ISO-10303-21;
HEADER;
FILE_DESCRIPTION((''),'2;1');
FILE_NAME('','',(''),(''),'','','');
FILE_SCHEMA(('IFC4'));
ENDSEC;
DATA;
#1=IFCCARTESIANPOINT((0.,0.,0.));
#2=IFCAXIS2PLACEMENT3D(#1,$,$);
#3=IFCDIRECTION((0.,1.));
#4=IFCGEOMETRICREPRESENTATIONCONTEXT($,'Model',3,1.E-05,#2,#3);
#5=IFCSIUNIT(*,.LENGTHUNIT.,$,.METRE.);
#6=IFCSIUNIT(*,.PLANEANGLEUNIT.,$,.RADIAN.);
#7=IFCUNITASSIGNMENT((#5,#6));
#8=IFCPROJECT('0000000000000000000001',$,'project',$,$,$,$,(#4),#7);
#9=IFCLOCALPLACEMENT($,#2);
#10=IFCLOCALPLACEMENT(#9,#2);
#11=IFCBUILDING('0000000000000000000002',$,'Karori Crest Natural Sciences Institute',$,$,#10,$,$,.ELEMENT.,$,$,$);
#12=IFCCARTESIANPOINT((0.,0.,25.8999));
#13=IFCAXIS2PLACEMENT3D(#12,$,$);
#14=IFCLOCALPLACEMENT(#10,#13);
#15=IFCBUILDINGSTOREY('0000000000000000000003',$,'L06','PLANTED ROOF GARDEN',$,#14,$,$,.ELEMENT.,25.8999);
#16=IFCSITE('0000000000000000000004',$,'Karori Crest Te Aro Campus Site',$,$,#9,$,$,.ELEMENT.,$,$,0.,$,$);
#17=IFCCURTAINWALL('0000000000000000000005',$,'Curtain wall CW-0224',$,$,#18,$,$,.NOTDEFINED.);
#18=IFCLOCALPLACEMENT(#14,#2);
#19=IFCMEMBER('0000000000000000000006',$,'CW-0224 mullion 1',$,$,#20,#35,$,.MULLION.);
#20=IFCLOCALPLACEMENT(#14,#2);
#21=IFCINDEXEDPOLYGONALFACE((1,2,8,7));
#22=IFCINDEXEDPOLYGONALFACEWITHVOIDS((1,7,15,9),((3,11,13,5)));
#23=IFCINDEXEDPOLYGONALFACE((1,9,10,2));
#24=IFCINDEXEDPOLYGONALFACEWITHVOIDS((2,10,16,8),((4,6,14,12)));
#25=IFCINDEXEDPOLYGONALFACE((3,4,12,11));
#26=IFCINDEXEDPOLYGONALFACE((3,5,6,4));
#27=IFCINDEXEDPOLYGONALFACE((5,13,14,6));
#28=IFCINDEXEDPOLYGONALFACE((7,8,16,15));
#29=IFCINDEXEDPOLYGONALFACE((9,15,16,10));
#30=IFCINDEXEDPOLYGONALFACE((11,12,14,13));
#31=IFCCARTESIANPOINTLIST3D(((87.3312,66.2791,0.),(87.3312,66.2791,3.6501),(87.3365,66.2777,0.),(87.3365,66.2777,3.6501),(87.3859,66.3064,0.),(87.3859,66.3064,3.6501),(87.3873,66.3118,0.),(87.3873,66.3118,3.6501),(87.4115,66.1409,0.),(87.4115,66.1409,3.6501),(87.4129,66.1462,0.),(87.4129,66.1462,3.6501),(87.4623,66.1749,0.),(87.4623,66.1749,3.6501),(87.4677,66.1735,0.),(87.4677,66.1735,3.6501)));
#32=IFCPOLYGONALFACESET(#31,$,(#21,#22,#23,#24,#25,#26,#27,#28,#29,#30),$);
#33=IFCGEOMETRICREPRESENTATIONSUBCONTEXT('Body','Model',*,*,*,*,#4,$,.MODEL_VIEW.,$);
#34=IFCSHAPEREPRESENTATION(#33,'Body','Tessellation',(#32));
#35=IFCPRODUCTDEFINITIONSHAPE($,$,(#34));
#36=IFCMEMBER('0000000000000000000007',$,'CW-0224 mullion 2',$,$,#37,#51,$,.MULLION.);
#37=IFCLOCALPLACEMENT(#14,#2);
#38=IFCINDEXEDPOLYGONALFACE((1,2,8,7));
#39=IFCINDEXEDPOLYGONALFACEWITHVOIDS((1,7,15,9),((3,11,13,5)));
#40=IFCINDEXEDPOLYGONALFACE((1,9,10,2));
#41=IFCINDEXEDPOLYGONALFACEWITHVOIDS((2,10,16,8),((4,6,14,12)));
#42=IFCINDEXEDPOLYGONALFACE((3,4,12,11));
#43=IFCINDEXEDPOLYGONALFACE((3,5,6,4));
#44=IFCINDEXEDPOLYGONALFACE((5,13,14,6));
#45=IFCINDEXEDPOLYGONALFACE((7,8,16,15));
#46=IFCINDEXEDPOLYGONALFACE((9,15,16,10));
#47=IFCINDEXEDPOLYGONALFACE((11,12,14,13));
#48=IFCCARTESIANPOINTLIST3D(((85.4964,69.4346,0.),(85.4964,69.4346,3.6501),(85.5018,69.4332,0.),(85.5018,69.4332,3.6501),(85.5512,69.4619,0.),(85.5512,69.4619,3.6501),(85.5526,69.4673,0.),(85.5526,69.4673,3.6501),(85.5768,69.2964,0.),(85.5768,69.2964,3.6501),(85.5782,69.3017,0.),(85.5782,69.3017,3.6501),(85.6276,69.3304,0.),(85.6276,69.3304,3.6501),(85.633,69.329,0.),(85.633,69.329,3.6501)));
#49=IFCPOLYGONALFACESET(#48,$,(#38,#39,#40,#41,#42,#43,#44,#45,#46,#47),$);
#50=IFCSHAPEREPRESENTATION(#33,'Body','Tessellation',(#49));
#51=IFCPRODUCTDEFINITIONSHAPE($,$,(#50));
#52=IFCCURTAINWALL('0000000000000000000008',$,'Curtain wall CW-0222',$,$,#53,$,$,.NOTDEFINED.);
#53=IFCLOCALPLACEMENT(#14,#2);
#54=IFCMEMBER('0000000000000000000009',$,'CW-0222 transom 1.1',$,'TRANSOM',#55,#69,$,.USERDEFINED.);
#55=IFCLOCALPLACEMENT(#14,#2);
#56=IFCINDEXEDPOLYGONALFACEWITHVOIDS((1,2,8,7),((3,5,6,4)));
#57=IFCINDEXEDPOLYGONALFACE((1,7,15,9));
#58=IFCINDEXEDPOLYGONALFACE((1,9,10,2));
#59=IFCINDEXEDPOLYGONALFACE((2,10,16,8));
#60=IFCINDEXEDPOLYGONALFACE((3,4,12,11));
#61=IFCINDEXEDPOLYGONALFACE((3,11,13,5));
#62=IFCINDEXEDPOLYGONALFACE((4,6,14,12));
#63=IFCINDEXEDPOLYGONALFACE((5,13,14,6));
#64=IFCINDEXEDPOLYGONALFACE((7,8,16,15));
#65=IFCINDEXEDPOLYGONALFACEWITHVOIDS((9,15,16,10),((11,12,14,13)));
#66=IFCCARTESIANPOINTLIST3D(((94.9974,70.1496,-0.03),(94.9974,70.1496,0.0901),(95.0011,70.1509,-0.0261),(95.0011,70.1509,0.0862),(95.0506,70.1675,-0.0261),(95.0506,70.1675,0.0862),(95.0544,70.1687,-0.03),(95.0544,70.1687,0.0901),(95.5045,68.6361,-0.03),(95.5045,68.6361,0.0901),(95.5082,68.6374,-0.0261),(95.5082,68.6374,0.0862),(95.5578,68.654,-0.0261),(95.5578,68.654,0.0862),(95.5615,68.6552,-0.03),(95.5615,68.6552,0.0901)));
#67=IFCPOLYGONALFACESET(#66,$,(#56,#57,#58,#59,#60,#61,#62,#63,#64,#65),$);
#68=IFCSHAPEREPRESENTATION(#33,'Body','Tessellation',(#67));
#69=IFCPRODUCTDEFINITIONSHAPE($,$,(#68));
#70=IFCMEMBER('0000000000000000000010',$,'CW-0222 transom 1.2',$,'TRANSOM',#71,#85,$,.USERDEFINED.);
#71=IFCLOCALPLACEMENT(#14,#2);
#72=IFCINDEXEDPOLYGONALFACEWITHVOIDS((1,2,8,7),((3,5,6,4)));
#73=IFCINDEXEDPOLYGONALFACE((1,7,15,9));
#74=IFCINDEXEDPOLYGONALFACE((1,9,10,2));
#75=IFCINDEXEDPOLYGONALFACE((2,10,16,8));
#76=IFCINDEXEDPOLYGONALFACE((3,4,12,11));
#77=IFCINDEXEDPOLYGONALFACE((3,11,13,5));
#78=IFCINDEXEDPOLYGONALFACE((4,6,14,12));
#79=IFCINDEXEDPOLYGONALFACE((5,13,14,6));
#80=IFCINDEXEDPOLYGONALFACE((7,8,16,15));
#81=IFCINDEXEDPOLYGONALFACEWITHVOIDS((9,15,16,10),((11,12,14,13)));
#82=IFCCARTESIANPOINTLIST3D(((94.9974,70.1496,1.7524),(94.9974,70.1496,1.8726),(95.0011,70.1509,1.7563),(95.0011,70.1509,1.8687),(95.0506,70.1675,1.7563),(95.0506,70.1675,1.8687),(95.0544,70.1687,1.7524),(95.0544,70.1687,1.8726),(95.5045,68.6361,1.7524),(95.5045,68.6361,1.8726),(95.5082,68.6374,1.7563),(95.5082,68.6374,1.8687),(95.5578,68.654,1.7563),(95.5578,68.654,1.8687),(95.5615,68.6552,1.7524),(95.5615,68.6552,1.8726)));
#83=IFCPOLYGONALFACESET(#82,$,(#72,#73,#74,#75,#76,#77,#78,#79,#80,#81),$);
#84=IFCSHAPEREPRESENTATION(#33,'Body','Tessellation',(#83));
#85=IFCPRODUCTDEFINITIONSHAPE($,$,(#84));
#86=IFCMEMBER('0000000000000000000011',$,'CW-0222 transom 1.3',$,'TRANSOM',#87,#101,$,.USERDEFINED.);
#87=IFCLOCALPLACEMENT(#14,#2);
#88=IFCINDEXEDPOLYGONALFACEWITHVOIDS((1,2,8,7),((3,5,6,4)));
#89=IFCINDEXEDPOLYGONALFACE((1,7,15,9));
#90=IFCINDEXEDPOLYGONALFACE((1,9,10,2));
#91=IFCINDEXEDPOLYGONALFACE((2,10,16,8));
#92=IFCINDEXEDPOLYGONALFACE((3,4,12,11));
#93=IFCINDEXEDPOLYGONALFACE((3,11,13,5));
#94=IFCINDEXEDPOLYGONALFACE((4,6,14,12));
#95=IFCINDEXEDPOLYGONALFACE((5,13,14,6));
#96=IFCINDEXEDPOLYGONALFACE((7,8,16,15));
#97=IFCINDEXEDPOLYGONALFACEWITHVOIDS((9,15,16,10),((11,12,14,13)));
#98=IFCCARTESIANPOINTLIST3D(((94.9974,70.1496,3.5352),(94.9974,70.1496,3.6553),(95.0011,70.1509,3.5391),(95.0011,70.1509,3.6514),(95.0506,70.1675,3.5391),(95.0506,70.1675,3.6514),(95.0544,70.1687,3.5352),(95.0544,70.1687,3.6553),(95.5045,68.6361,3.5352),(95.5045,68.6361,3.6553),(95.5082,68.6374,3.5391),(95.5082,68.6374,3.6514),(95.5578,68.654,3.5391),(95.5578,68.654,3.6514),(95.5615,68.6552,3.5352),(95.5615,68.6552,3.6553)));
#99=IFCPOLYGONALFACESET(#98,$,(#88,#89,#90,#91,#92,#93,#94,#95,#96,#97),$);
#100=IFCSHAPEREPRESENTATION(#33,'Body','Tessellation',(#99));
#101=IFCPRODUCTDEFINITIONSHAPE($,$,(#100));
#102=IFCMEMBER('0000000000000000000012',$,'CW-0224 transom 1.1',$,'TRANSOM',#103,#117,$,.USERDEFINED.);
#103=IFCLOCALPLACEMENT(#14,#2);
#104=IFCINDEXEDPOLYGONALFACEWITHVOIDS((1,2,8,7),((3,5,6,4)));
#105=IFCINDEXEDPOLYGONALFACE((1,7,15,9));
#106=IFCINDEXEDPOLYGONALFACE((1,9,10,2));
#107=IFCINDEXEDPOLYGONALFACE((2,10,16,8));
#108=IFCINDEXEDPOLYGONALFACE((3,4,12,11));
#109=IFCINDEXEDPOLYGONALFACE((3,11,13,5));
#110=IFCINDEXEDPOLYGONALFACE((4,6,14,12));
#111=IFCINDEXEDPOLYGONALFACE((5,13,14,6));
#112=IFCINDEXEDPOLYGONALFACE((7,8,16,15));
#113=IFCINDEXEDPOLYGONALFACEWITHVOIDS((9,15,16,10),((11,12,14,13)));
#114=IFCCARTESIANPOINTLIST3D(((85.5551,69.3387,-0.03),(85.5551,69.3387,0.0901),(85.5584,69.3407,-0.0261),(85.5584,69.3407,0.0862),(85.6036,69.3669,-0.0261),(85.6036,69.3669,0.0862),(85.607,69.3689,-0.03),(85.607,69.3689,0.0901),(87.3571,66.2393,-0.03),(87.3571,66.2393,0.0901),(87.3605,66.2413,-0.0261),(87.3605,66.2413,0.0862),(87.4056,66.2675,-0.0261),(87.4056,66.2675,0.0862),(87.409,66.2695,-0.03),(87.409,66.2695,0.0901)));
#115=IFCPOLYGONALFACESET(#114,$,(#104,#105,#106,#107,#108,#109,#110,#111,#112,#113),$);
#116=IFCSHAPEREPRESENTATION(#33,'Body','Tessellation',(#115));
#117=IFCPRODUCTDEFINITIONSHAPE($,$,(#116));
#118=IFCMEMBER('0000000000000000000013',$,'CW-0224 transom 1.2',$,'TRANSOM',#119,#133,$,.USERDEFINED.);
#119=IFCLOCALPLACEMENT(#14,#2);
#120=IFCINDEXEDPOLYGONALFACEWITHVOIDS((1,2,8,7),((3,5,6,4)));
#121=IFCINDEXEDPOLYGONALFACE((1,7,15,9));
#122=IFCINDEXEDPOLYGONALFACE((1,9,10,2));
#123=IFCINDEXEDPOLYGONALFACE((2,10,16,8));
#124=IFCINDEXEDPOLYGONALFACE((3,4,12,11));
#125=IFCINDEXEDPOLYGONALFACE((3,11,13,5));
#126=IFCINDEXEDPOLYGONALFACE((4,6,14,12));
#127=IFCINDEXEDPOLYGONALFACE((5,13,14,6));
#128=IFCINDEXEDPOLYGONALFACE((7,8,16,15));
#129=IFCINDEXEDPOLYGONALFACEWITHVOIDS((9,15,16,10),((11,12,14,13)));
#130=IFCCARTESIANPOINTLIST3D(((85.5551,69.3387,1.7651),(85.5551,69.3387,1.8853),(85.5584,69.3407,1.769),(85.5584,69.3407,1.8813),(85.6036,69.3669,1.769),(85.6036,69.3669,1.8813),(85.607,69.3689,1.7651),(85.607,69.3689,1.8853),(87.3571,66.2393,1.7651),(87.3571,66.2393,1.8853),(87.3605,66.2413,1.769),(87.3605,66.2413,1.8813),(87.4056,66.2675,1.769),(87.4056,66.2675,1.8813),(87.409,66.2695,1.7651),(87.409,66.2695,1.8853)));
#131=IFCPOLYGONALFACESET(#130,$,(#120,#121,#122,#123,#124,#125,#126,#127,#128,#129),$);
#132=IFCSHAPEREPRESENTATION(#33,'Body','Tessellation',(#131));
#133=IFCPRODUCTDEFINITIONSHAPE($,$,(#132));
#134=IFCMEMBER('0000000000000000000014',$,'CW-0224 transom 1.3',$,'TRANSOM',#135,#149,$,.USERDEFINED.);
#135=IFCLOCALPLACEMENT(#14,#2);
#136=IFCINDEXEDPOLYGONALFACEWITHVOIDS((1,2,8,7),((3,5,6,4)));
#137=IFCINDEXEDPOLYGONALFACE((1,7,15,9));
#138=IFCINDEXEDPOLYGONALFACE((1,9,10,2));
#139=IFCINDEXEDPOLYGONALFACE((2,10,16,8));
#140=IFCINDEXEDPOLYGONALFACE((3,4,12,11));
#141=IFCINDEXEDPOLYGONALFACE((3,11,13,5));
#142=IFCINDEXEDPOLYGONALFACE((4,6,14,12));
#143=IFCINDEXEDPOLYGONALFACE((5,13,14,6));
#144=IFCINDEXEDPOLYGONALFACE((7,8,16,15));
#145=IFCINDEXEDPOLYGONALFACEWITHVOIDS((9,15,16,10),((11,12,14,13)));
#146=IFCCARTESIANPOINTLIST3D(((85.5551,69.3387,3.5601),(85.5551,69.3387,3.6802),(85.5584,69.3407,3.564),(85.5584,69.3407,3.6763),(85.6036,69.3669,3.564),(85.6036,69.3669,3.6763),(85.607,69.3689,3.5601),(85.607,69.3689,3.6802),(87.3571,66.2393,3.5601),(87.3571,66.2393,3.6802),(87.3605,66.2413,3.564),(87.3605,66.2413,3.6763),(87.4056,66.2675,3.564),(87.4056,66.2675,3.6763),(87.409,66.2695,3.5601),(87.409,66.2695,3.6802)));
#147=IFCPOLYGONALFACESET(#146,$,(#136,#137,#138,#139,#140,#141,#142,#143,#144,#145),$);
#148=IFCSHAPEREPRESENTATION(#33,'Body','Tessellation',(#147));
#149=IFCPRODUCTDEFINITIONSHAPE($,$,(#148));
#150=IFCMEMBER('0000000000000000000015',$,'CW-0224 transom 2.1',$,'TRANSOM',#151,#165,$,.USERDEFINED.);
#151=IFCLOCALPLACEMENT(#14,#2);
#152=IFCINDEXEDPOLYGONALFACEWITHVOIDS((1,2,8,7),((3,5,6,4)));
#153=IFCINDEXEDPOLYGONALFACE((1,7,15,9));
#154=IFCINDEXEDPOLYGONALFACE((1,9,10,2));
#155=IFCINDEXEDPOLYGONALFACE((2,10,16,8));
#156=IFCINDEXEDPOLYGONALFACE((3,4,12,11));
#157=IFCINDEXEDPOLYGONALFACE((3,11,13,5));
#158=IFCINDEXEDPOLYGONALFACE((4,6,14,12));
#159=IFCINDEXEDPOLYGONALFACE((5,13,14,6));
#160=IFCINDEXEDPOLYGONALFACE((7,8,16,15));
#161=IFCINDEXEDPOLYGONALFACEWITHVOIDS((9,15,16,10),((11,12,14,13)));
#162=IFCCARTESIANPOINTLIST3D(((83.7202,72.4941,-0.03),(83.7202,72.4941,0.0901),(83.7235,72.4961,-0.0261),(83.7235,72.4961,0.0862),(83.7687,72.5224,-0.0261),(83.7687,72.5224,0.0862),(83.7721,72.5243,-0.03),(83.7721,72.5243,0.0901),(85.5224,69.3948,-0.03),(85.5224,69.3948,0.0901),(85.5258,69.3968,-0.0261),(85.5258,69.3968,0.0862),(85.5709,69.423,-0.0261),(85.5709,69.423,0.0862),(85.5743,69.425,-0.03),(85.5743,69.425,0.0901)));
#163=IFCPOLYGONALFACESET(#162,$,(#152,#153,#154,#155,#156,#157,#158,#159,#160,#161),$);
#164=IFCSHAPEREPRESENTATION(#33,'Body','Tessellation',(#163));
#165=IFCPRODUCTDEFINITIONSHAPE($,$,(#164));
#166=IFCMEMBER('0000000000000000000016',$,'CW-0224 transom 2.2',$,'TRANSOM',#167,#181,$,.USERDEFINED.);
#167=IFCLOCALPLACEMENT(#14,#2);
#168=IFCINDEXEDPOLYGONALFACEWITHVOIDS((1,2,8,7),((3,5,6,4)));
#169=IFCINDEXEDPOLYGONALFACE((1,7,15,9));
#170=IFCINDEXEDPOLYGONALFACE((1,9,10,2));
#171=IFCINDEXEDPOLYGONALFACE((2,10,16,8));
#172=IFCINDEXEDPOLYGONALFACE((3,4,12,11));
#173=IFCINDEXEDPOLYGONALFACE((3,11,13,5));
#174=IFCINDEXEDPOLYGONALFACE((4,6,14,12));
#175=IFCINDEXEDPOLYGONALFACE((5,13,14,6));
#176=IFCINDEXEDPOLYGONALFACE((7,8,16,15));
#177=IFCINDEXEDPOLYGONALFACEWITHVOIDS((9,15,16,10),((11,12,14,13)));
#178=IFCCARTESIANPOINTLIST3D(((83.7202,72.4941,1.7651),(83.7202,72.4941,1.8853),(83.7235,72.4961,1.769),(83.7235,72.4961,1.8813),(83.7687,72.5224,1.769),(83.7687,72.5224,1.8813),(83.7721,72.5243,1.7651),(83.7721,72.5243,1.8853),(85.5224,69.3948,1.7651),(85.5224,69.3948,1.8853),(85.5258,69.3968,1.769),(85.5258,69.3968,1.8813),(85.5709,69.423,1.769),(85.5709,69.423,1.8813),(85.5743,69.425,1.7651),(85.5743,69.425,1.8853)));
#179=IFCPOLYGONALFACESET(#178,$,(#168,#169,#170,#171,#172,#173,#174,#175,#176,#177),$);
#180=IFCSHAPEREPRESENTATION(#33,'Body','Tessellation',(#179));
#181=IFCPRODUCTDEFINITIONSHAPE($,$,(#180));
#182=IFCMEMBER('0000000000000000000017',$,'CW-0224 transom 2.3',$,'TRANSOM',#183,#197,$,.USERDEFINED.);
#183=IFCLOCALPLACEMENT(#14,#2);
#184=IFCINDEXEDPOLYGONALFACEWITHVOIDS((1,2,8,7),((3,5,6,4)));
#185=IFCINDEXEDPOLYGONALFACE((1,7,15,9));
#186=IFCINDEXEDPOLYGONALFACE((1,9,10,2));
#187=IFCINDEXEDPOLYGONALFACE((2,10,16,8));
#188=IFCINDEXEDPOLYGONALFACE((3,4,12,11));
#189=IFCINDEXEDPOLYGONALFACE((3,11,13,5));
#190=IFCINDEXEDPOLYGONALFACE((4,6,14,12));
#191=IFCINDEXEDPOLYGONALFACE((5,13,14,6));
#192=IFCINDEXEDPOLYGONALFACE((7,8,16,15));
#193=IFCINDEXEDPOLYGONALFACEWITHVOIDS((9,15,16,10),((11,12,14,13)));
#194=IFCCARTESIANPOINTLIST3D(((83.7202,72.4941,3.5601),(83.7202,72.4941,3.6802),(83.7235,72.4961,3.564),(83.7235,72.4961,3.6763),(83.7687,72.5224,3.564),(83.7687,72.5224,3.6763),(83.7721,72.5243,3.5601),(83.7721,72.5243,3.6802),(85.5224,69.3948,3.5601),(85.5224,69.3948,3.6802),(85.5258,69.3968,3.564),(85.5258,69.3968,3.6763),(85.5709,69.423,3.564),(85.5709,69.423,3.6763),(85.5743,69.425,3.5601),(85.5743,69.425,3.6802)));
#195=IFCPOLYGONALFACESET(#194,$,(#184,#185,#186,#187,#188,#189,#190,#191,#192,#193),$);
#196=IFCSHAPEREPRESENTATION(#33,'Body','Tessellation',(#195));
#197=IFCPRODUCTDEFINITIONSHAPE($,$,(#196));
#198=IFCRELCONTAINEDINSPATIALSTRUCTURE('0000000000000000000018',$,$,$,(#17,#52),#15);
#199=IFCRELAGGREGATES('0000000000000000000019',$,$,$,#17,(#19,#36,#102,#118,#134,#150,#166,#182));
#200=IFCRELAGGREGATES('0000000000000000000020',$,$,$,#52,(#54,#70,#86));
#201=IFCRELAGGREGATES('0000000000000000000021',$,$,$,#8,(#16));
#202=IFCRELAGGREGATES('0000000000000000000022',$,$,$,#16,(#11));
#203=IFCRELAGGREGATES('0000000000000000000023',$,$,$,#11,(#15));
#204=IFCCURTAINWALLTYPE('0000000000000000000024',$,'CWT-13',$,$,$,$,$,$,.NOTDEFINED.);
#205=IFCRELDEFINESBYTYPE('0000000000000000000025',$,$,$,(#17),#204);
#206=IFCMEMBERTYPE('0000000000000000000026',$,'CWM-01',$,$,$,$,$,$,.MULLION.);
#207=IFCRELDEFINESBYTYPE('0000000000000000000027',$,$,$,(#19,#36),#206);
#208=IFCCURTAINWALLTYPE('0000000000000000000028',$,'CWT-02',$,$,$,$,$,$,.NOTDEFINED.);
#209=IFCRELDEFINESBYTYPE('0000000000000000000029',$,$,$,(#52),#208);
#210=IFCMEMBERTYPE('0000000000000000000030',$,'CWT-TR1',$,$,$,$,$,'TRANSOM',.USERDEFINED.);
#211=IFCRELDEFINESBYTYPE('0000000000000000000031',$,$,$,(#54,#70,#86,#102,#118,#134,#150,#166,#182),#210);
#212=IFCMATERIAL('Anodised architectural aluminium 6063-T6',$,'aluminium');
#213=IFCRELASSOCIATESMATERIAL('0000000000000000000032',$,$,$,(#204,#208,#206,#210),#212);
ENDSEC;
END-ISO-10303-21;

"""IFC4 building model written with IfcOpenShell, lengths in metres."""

from ifc_helpers import new_model, si_unit, direction, frame, origin, origin_2d, place, context, subcontext, project, spatial, hollow_rectangle, extrude, material, material_profile, profile_set, type_object, element, aggregate, save


model = new_model("IFC4")

# Units and contexts
model_context = context("Model", 3, precision=1e-05, world=origin(), true_north=direction((0.0, 1.0)))
body_context = subcontext(model_context, "Body", "Model", "MODEL_VIEW")
ifc_project = project(units=[si_unit("LENGTHUNIT", "METRE"), si_unit("PLANEANGLEUNIT", "RADIAN")], contexts=[model_context])

# Site, building, storey
site_placement = place(None, origin())
site = spatial("IfcSite", under=ifc_project, at=site_placement, Name="Karori Crest Te Aro Campus Site", CompositionType="ELEMENT", RefElevation=0.0)
building_placement = place(site_placement, origin())
building = spatial("IfcBuilding", under=site, at=building_placement, Name="Karori Crest Natural Sciences Institute", CompositionType="ELEMENT")
storey_placement = place(building_placement, frame((0.0, 0.0, 25.8999)))
storey = spatial("IfcBuildingStorey", under=building, at=storey_placement, Name="L06", Description="PLANTED ROOF GARDEN", CompositionType="ELEMENT", Elevation=25.8999)

# Curtain walls, members
ifc_material_1 = material(Name="Anodised architectural aluminium 6063-T6", Category="aluminium")
curtain_wall_type_1 = type_object("IfcCurtainWallType", Name="CWT-13", PredefinedType="NOTDEFINED", material=ifc_material_1)
curtain_wall_1_placement = place(storey_placement, origin())
curtain_wall_1 = element("IfcCurtainWall", 1, at=curtain_wall_1_placement, inside=storey, type_object=curtain_wall_type_1, Name="Curtain wall CW-0224", PredefinedType="NOTDEFINED")
ifc_material_profile_1 = material_profile(ifc_material_1, hollow_rectangle(XDim=0.0649, YDim=0.1599, WallThickness=0.0039, at=origin_2d()), Name="CWM160x65x4")
ifc_profile_set_1 = profile_set([ifc_material_profile_1], Name="Anodised architectural aluminium 6063-T6")
member_type_1 = type_object("IfcMemberType", Name="CWM-01", PredefinedType="MULLION", material=ifc_profile_set_1)
member_1_placement = place(storey_placement, frame((87.3994, 66.2263, 0.0), z_axis=(0.0, 0.0, 1.0), x_axis=(-0.864487, -0.502655, 0.0)))
member_1 = element("IfcMember", 2, at=member_1_placement, type_object=member_type_1, Name="CW-0224 mullion 1", PredefinedType="MULLION", context=body_context, shape_type="SweptSolid", body=[
    extrude(hollow_rectangle(XDim=0.0649, YDim=0.1599, WallThickness=0.0039, at=origin_2d()), origin(), (0.0, 0.0, 1.0), 3.6501),
])
member_2_placement = place(storey_placement, frame((85.5647, 69.3818, 0.0), z_axis=(0.0, 0.0, 1.0), x_axis=(-0.864487, -0.502655, 0.0)))
member_2 = element("IfcMember", 3, at=member_2_placement, type_object=member_type_1, Name="CW-0224 mullion 2", PredefinedType="MULLION", context=body_context, shape_type="SweptSolid", body=[
    extrude(hollow_rectangle(XDim=0.0649, YDim=0.1599, WallThickness=0.0039, at=origin_2d()), origin(), (0.0, 0.0, 1.0), 3.6501),
])
curtain_wall_type_2 = type_object("IfcCurtainWallType", Name="CWT-02", PredefinedType="NOTDEFINED", material=ifc_material_1)
curtain_wall_2_placement = place(storey_placement, origin())
curtain_wall_2 = element("IfcCurtainWall", 4, at=curtain_wall_2_placement, inside=storey, type_object=curtain_wall_type_2, Name="Curtain wall CW-0222", PredefinedType="NOTDEFINED")
ifc_material_profile_2 = material_profile(ifc_material_1, hollow_rectangle(XDim=0.0601, YDim=0.1201, WallThickness=0.0039, at=origin_2d()), Name="CWT120x60x4")
ifc_profile_set_2 = profile_set([ifc_material_profile_2], Name="Anodised architectural aluminium 6063-T6")
member_type_2 = type_object("IfcMemberType", Name="CWT-TR1", ElementType="TRANSOM", PredefinedType="USERDEFINED", material=ifc_profile_set_2)
member_3_placement = place(storey_placement, frame((95.0259, 70.1592, 0.03), z_axis=(0.317696, -0.948193, 0.0), x_axis=(0.948193, 0.317696, 0.0)))
member_3 = element("IfcMember", 5, at=member_3_placement, type_object=member_type_2, Name="CW-0222 transom 1.1", ObjectType="TRANSOM", PredefinedType="USERDEFINED", context=body_context, shape_type="SweptSolid", body=[
    extrude(hollow_rectangle(XDim=0.0601, YDim=0.1201, WallThickness=0.0039, at=origin_2d()), origin(), (0.0, 0.0, 1.0), 1.5962),
])
member_4_placement = place(storey_placement, frame((95.0259, 70.1592, 1.8125), z_axis=(0.317696, -0.948193, 0.0), x_axis=(0.948193, 0.317696, 0.0)))
member_4 = element("IfcMember", 6, at=member_4_placement, type_object=member_type_2, Name="CW-0222 transom 1.2", ObjectType="TRANSOM", PredefinedType="USERDEFINED", context=body_context, shape_type="SweptSolid", body=[
    extrude(hollow_rectangle(XDim=0.0601, YDim=0.1201, WallThickness=0.0039, at=origin_2d()), origin(), (0.0, 0.0, 1.0), 1.5962),
])
member_5_placement = place(storey_placement, frame((95.0259, 70.1592, 3.5952), z_axis=(0.317696, -0.948193, 0.0), x_axis=(0.948193, 0.317696, 0.0)))
member_5 = element("IfcMember", 7, at=member_5_placement, type_object=member_type_2, Name="CW-0222 transom 1.3", ObjectType="TRANSOM", PredefinedType="USERDEFINED", context=body_context, shape_type="SweptSolid", body=[
    extrude(hollow_rectangle(XDim=0.0601, YDim=0.1201, WallThickness=0.0039, at=origin_2d()), origin(), (0.0, 0.0, 1.0), 1.5962),
])

# Members
member_6_placement = place(storey_placement, frame((87.3831, 66.2544, 0.03), z_axis=(-0.50263, 0.864502, 0.0), x_axis=(-0.864502, -0.50263, 0.0)))
member_6 = element("IfcMember", 8, at=member_6_placement, type_object=member_type_2, Name="CW-0224 transom 1.1", ObjectType="TRANSOM", PredefinedType="USERDEFINED", context=body_context, shape_type="SweptSolid", body=[
    extrude(hollow_rectangle(XDim=0.0601, YDim=0.1201, WallThickness=0.0039, at=origin_2d()), origin(), (0.0, 0.0, 1.0), 3.5852),
])
member_7_placement = place(storey_placement, frame((87.3831, 66.2544, 1.8252), z_axis=(-0.50263, 0.864502, 0.0), x_axis=(-0.864502, -0.50263, 0.0)))
member_7 = element("IfcMember", 9, at=member_7_placement, type_object=member_type_2, Name="CW-0224 transom 1.2", ObjectType="TRANSOM", PredefinedType="USERDEFINED", context=body_context, shape_type="SweptSolid", body=[
    extrude(hollow_rectangle(XDim=0.0601, YDim=0.1201, WallThickness=0.0039, at=origin_2d()), origin(), (0.0, 0.0, 1.0), 3.5852),
])
member_8_placement = place(storey_placement, frame((87.3831, 66.2544, 3.6201), z_axis=(-0.50263, 0.864502, 0.0), x_axis=(-0.864502, -0.50263, 0.0)))
member_8 = element("IfcMember", 10, at=member_8_placement, type_object=member_type_2, Name="CW-0224 transom 1.3", ObjectType="TRANSOM", PredefinedType="USERDEFINED", context=body_context, shape_type="SweptSolid", body=[
    extrude(hollow_rectangle(XDim=0.0601, YDim=0.1201, WallThickness=0.0039, at=origin_2d()), origin(), (0.0, 0.0, 1.0), 3.5852),
])
member_9_placement = place(storey_placement, frame((85.5483, 69.4099, 0.03), z_axis=(-0.502681, 0.864472, 0.0), x_axis=(-0.864472, -0.502681, 0.0)))
member_9 = element("IfcMember", 11, at=member_9_placement, type_object=member_type_2, Name="CW-0224 transom 2.1", ObjectType="TRANSOM", PredefinedType="USERDEFINED", context=body_context, shape_type="SweptSolid", body=[
    extrude(hollow_rectangle(XDim=0.0601, YDim=0.1201, WallThickness=0.0039, at=origin_2d()), origin(), (0.0, 0.0, 1.0), 3.5852),
])
member_10_placement = place(storey_placement, frame((85.5483, 69.4099, 1.8252), z_axis=(-0.502681, 0.864472, 0.0), x_axis=(-0.864472, -0.502681, 0.0)))
member_10 = element("IfcMember", 12, at=member_10_placement, type_object=member_type_2, Name="CW-0224 transom 2.2", ObjectType="TRANSOM", PredefinedType="USERDEFINED", context=body_context, shape_type="SweptSolid", body=[
    extrude(hollow_rectangle(XDim=0.0601, YDim=0.1201, WallThickness=0.0039, at=origin_2d()), origin(), (0.0, 0.0, 1.0), 3.5852),
])
member_11_placement = place(storey_placement, frame((85.5483, 69.4099, 3.6201), z_axis=(-0.502681, 0.864472, 0.0), x_axis=(-0.864472, -0.502681, 0.0)))
member_11 = element("IfcMember", 13, at=member_11_placement, type_object=member_type_2, Name="CW-0224 transom 2.3", ObjectType="TRANSOM", PredefinedType="USERDEFINED", context=body_context, shape_type="SweptSolid", body=[
    extrude(hollow_rectangle(XDim=0.0601, YDim=0.1201, WallThickness=0.0039, at=origin_2d()), origin(), (0.0, 0.0, 1.0), 3.5852),
])

aggregate(curtain_wall_1, [member_1, member_2, member_6, member_7, member_8, member_9, member_10, member_11])
aggregate(curtain_wall_2, [member_3, member_4, member_5])

save(model, "model.ifc")
